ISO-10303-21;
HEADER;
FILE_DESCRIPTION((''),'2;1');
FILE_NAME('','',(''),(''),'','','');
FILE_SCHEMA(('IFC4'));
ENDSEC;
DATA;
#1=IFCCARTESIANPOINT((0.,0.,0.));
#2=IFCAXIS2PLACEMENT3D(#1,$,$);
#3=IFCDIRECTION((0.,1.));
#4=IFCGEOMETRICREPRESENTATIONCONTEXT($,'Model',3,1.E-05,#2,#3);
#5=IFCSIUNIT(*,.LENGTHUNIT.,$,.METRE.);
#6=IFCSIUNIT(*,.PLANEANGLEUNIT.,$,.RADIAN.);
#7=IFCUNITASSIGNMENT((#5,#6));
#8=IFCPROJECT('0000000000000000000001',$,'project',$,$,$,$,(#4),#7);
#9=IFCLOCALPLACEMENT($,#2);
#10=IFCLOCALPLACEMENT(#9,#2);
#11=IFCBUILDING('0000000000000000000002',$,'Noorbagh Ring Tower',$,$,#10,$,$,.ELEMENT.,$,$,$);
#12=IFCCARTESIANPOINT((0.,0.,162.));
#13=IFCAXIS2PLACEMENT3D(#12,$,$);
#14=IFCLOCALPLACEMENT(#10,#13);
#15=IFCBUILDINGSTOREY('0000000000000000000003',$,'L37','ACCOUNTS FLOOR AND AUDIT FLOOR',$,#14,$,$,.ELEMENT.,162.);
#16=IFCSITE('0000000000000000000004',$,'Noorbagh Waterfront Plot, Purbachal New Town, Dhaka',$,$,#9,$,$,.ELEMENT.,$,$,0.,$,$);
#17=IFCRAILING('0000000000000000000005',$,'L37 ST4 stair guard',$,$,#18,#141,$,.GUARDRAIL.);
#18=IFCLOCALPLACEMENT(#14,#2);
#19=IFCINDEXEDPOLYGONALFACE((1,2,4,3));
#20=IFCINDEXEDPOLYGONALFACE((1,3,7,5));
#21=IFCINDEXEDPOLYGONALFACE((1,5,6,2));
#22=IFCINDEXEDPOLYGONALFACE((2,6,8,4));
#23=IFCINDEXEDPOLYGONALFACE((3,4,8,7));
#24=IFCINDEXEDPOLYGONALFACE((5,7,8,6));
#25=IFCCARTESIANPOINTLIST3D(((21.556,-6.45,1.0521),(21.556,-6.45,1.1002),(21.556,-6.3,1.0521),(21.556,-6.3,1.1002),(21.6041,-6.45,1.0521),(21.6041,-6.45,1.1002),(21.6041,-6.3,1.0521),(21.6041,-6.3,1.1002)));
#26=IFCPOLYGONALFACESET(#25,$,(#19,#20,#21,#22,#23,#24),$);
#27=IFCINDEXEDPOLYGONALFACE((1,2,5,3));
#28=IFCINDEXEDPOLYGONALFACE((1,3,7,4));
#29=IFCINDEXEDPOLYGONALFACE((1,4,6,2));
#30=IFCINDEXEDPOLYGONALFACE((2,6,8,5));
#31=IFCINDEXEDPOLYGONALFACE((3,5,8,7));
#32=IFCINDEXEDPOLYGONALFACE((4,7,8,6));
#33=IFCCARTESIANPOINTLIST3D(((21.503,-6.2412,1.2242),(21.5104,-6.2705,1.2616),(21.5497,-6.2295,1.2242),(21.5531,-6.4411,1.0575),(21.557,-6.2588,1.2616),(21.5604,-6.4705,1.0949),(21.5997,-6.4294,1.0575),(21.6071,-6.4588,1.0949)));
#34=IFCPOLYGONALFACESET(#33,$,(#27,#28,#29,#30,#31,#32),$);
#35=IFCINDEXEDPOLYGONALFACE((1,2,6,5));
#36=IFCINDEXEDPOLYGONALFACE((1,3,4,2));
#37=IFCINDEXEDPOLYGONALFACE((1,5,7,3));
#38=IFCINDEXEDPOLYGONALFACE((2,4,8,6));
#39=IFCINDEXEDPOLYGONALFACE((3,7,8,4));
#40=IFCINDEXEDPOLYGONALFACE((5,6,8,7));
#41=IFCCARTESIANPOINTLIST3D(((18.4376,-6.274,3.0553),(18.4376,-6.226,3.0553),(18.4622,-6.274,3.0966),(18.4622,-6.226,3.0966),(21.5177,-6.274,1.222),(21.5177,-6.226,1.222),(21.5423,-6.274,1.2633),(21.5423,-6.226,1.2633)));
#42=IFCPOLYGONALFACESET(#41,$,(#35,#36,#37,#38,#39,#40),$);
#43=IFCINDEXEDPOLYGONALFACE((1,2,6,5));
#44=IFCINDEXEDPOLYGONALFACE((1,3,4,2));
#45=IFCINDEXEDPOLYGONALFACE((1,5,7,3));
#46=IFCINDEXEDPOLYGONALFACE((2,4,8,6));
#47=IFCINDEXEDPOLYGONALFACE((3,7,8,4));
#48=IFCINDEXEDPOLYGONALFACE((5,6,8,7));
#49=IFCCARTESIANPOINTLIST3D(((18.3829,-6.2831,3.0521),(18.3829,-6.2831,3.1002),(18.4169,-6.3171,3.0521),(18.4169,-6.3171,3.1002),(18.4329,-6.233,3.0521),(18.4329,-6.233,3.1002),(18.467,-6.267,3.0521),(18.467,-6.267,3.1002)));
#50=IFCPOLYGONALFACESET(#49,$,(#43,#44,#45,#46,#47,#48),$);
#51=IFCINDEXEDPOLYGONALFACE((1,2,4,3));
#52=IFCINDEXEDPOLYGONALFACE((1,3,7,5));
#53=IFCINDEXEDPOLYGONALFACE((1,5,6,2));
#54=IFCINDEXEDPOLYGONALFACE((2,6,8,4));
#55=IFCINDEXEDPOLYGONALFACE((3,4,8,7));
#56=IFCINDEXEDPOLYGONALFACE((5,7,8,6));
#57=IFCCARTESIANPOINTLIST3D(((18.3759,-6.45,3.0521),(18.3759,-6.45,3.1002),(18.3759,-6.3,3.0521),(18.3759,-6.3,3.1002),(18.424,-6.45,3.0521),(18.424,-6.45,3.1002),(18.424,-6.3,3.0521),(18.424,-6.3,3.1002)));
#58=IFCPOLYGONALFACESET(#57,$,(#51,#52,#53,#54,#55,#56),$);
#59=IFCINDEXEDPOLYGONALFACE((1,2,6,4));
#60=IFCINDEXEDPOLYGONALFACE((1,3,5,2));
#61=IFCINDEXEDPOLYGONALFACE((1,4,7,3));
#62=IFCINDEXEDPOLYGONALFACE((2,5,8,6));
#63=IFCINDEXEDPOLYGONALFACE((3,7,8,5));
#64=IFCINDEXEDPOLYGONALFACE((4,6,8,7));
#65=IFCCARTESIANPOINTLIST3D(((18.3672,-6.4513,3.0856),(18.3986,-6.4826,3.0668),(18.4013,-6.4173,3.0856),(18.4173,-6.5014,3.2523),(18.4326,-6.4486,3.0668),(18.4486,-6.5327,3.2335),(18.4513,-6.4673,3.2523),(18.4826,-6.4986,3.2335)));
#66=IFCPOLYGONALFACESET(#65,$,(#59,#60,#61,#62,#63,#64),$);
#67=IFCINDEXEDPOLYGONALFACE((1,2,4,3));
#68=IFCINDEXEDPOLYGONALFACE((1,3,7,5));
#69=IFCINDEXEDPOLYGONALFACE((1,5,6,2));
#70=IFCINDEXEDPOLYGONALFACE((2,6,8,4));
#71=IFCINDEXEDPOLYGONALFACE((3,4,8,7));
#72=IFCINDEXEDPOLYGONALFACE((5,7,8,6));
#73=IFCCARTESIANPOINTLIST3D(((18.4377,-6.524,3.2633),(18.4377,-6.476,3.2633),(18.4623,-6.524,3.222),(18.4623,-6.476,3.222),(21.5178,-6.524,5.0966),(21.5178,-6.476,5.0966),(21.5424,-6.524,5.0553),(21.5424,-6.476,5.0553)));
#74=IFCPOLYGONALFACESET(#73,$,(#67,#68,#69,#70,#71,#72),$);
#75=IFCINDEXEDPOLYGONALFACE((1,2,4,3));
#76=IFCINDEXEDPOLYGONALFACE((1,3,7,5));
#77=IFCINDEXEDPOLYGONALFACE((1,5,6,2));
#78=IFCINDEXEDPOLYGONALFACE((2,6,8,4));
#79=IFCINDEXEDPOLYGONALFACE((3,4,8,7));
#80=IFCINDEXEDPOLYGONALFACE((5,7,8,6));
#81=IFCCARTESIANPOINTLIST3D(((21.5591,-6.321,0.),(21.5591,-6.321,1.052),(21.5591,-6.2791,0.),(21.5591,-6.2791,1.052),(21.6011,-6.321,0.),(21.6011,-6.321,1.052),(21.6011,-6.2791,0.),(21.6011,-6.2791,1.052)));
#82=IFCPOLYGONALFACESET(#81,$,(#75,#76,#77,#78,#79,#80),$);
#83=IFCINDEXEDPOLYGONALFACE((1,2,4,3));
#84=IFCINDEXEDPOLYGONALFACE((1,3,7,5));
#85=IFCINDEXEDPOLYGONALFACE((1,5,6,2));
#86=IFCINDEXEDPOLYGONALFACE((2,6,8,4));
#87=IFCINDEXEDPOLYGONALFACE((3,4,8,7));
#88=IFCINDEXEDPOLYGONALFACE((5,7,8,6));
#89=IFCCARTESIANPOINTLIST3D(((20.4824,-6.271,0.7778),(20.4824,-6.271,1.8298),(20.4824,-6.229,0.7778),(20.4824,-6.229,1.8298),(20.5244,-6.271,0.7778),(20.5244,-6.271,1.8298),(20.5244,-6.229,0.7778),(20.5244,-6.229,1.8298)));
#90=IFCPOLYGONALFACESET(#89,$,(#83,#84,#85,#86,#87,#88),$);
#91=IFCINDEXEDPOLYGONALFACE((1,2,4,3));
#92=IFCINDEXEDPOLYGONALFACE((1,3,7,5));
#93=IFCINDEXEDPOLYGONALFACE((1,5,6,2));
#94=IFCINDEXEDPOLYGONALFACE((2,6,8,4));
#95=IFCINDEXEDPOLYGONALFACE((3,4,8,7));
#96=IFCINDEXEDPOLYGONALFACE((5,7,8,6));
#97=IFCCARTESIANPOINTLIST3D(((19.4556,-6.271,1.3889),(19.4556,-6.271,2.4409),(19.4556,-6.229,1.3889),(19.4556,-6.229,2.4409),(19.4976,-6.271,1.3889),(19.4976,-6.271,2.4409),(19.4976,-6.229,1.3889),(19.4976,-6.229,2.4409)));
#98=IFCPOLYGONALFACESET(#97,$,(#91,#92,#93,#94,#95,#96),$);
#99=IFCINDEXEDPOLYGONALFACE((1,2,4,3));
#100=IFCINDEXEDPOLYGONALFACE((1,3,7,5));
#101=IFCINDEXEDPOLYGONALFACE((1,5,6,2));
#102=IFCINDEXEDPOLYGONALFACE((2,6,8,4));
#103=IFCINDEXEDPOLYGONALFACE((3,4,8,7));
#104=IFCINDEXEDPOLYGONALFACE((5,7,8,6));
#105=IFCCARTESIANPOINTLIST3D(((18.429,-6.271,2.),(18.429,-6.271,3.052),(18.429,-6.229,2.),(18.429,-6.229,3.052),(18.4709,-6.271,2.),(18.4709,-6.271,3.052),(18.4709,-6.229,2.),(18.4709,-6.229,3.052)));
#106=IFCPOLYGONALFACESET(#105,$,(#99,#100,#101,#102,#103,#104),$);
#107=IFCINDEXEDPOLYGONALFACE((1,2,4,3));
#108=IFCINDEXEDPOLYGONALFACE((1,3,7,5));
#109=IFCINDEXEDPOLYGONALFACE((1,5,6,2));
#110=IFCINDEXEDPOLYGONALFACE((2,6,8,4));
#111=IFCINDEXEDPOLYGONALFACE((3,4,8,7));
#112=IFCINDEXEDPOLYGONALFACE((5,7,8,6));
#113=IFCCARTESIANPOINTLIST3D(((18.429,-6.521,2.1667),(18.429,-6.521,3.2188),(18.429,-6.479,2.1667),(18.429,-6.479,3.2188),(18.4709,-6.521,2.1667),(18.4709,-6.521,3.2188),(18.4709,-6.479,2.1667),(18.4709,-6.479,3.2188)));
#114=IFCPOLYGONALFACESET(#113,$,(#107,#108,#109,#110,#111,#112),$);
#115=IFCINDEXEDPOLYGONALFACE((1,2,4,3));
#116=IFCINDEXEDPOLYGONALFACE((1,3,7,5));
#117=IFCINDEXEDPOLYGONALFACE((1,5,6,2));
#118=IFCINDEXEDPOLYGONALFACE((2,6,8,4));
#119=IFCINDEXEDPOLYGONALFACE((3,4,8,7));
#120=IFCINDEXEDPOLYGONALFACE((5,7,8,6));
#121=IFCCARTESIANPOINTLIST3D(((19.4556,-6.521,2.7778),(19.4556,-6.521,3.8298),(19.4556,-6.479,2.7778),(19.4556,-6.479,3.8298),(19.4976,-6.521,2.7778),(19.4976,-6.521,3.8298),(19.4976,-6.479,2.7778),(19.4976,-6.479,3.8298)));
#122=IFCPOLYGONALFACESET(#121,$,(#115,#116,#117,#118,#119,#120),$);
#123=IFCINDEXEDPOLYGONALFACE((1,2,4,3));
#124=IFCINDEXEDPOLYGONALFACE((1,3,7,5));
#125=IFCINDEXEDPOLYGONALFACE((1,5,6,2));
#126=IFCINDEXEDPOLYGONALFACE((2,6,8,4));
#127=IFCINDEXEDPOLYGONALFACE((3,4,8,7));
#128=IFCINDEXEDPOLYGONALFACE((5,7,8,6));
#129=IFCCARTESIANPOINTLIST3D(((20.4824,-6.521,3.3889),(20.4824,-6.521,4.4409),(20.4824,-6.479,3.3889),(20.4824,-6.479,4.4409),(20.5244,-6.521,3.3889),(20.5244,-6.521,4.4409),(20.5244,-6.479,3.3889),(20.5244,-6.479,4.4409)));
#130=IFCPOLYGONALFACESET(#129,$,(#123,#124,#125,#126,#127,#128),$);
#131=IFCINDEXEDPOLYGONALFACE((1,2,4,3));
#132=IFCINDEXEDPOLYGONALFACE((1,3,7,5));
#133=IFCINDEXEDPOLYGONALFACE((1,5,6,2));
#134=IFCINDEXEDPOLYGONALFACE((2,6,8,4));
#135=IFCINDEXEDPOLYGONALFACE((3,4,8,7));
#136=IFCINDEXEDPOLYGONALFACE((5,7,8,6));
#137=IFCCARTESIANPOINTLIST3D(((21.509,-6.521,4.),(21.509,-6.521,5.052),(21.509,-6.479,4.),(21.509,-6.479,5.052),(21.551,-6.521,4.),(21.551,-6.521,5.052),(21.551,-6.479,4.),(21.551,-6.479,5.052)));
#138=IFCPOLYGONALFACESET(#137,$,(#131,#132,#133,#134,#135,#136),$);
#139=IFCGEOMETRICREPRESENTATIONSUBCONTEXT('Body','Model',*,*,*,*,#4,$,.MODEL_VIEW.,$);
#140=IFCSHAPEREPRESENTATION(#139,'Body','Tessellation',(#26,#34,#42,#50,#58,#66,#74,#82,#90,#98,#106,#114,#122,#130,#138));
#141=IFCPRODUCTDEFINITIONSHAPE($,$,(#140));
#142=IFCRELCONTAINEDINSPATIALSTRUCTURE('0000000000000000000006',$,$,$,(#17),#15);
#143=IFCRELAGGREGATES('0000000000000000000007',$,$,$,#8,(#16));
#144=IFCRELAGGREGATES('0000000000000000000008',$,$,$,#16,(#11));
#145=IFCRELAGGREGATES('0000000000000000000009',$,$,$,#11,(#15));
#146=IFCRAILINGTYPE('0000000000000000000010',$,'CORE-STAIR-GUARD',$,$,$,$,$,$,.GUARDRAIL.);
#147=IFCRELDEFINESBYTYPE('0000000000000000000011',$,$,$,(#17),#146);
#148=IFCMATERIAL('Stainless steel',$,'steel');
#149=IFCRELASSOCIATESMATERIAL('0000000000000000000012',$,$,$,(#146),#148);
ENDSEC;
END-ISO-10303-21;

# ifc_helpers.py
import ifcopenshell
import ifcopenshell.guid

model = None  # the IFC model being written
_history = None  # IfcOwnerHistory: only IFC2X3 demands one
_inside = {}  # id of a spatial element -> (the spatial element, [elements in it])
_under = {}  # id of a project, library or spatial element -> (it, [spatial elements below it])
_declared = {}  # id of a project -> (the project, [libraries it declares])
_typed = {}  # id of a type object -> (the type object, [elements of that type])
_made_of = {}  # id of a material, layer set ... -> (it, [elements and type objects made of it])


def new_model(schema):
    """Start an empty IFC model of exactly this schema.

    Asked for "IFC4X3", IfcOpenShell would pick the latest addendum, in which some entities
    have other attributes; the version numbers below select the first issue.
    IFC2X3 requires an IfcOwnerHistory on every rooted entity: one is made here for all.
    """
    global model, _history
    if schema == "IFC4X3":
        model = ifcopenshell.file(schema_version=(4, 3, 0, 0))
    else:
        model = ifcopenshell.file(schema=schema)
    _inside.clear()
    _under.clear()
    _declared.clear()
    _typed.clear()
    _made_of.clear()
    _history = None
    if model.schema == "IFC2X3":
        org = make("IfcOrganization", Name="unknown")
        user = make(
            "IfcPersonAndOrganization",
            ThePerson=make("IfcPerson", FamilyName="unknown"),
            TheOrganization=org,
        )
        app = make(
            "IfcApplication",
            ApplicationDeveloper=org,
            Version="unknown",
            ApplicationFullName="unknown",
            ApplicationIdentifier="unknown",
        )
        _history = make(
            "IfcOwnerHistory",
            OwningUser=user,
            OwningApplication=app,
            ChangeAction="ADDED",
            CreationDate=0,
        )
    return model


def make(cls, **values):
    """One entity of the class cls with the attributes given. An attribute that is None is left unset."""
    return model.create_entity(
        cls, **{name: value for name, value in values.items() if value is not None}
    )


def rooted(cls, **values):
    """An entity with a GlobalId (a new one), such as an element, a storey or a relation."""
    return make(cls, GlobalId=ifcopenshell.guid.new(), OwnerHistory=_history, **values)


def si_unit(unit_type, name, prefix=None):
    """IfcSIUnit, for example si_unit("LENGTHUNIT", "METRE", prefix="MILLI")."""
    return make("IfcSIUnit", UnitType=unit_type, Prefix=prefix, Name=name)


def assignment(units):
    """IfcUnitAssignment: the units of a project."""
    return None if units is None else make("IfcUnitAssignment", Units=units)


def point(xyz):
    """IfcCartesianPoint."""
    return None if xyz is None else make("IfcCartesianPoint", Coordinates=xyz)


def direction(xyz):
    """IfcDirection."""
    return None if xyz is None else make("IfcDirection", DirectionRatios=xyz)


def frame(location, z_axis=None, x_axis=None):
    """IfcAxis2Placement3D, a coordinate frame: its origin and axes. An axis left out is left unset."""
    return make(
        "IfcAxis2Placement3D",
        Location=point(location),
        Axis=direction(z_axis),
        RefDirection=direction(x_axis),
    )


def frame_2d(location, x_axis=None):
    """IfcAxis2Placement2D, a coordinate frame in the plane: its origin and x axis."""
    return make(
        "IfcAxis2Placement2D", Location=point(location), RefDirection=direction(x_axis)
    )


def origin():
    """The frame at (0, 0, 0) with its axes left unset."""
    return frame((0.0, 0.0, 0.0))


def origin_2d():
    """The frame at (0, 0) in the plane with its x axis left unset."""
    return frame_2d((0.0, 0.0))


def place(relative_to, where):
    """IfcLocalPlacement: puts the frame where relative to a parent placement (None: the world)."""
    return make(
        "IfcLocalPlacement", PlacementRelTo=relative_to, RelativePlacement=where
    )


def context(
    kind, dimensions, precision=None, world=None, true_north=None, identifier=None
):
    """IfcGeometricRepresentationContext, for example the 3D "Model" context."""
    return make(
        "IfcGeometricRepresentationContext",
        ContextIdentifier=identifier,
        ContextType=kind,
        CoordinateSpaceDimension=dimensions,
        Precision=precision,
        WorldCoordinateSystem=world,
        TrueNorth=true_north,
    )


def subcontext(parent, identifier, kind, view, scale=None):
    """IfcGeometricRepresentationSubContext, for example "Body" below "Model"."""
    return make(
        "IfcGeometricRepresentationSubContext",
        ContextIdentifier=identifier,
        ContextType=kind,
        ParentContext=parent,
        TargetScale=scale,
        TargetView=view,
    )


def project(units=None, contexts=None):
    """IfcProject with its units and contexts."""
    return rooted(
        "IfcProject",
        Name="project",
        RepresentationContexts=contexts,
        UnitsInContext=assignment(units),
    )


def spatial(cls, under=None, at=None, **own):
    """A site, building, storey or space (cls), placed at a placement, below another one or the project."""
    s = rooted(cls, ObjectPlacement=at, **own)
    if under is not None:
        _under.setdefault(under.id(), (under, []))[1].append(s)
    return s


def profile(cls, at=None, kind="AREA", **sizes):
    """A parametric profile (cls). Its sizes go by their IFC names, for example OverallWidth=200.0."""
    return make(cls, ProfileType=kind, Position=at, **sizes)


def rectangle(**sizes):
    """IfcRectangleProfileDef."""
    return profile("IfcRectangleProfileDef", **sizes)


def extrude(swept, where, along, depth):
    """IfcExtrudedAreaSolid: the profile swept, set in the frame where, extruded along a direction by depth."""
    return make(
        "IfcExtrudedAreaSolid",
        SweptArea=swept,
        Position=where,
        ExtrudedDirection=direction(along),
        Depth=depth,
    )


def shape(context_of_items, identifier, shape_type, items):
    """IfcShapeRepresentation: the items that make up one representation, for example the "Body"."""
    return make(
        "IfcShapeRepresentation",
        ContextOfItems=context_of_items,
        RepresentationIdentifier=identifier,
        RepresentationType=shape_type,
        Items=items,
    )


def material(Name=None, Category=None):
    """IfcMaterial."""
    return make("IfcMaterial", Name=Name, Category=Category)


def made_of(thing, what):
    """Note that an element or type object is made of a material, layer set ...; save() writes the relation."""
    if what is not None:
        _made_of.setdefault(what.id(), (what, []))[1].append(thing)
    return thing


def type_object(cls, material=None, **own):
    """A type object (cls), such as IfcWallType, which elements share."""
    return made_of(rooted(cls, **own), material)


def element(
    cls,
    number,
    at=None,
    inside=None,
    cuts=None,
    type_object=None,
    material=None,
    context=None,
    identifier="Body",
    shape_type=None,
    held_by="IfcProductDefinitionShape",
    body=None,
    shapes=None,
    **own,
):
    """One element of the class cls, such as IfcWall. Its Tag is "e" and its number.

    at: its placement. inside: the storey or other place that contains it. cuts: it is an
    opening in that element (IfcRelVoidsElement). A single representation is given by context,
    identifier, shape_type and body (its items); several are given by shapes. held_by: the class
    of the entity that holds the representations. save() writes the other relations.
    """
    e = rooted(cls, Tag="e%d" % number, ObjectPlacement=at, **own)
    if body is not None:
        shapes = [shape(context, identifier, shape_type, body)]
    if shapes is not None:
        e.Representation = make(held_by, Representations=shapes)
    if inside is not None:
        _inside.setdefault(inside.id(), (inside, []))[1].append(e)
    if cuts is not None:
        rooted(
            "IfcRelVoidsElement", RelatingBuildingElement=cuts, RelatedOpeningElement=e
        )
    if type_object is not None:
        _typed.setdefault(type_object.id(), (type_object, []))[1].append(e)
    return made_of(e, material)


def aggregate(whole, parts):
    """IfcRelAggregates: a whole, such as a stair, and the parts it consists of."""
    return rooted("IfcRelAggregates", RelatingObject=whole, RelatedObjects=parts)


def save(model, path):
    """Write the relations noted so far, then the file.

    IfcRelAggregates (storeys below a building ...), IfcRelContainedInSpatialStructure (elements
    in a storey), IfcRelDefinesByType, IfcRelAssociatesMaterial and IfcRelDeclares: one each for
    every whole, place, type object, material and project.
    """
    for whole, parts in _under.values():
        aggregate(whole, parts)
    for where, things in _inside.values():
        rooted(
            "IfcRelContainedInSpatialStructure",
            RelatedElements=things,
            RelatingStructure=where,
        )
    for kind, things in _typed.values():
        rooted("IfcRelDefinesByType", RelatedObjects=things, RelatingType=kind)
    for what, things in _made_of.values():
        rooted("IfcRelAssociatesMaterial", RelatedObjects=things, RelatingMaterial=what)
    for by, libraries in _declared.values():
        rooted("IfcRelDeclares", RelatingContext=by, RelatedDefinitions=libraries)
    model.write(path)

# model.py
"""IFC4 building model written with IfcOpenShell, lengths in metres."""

from ifc_helpers import new_model, si_unit, direction, frame, origin, origin_2d, place, context, subcontext, project, spatial, rectangle, extrude, material, type_object, element, save


model = new_model("IFC4")

# Units and contexts
model_context = context("Model", 3, precision=1e-05, world=origin(), true_north=direction((0.0, 1.0)))
body_context = subcontext(model_context, "Body", "Model", "MODEL_VIEW")
ifc_project = project(units=[si_unit("LENGTHUNIT", "METRE"), si_unit("PLANEANGLEUNIT", "RADIAN")], contexts=[model_context])

# Site, building, storey
site_placement = place(None, origin())
site = spatial("IfcSite", under=ifc_project, at=site_placement, Name="Noorbagh Waterfront Plot, Purbachal New Town, Dhaka", CompositionType="ELEMENT", RefElevation=0.0)
building_placement = place(site_placement, origin())
building = spatial("IfcBuilding", under=site, at=building_placement, Name="Noorbagh Ring Tower", CompositionType="ELEMENT")
storey_placement = place(building_placement, frame((0.0, 0.0, 162.0)))
storey = spatial("IfcBuildingStorey", under=building, at=storey_placement, Name="L37", Description="ACCOUNTS FLOOR AND AUDIT FLOOR", CompositionType="ELEMENT", Elevation=162.0)

# Railing
ifc_material_1 = material(Name="Stainless steel", Category="steel")
railing_type_1 = type_object("IfcRailingType", Name="CORE-STAIR-GUARD", PredefinedType="GUARDRAIL", material=ifc_material_1)
railing_1_placement = place(storey_placement, frame((21.5801, -6.3, 0.0)))
element("IfcRailing", 1, at=railing_1_placement, inside=storey, type_object=railing_type_1, Name="L37 ST4 stair guard", PredefinedType="GUARDRAIL", context=body_context, shape_type="SweptSolid", body=[
    extrude(rectangle(XDim=0.0481, YDim=0.0481, at=origin_2d()), frame((0.0, 0.0, 1.0762), z_axis=(0.0, -1.0, 0.0), x_axis=(1.0, 0.0, 0.0)), (0.0, 0.0, 1.0), 0.1499),
    extrude(rectangle(XDim=0.0481, YDim=0.0481, at=origin_2d()), frame((0.0, -0.1499, 1.0762), z_axis=(-0.188776, 0.754182, 0.628946), x_axis=(-0.970073, -0.242814, 0.0)), (0.0, 0.0, 1.0), 0.2651),
    extrude(rectangle(XDim=0.0481, YDim=0.0481, at=origin_2d()), frame((-0.05, 0.05, 1.2427), z_axis=(-0.859309, 0.0, 0.511458), x_axis=(0.0, -1.0, 0.0)), (0.0, 0.0, 1.0), 3.5845),
    extrude(rectangle(XDim=0.0481, YDim=0.0481, at=origin_2d()), frame((-3.1301, 0.05, 3.0762), z_axis=(-0.707107, -0.707107, 0.0), x_axis=(0.707107, -0.707107, 0.0)), (0.0, 0.0, 1.0), 0.0708),
    extrude(rectangle(XDim=0.0481, YDim=0.0481, at=origin_2d()), frame((-3.1802, 0.0, 3.0762), z_axis=(0.0, -1.0, 0.0), x_axis=(1.0, 0.0, 0.0)), (0.0, 0.0, 1.0), 0.1499),
    extrude(rectangle(XDim=0.0481, YDim=0.0481, at=origin_2d()), frame((-3.1802, -0.1499, 3.0762), z_axis=(0.276287, -0.276287, 0.920506), x_axis=(0.707107, 0.707107, 0.0)), (0.0, 0.0, 1.0), 0.1812),
    extrude(rectangle(XDim=0.0481, YDim=0.0481, at=origin_2d()), frame((-3.1301, -0.2, 3.2427), z_axis=(0.859309, 0.0, 0.511458), x_axis=(0.0, 1.0, 0.0)), (0.0, 0.0, 1.0), 3.5845),
    extrude(rectangle(XDim=0.042, YDim=0.042, at=origin_2d()), origin(), (0.0, 0.0, 1.0), 1.052),
    extrude(rectangle(XDim=0.042, YDim=0.042, at=origin_2d()), frame((-1.0767, 0.05, 0.7778)), (0.0, 0.0, 1.0), 1.052),
    extrude(rectangle(XDim=0.042, YDim=0.042, at=origin_2d()), frame((-2.1035, 0.05, 1.3889)), (0.0, 0.0, 1.0), 1.052),
    extrude(rectangle(XDim=0.042, YDim=0.042, at=origin_2d()), frame((-3.1301, 0.05, 2.0)), (0.0, 0.0, 1.0), 1.052),
    extrude(rectangle(XDim=0.042, YDim=0.042, at=origin_2d()), frame((-3.1301, -0.2, 2.1667)), (0.0, 0.0, 1.0), 1.052),
    extrude(rectangle(XDim=0.042, YDim=0.042, at=origin_2d()), frame((-2.1035, -0.2, 2.7778)), (0.0, 0.0, 1.0), 1.052),
    extrude(rectangle(XDim=0.042, YDim=0.042, at=origin_2d()), frame((-1.0767, -0.2, 3.3889)), (0.0, 0.0, 1.0), 1.052),
    extrude(rectangle(XDim=0.042, YDim=0.042, at=origin_2d()), frame((-0.05, -0.2, 4.0)), (0.0, 0.0, 1.0), 1.052),
])

save(model, "model.ifc")
